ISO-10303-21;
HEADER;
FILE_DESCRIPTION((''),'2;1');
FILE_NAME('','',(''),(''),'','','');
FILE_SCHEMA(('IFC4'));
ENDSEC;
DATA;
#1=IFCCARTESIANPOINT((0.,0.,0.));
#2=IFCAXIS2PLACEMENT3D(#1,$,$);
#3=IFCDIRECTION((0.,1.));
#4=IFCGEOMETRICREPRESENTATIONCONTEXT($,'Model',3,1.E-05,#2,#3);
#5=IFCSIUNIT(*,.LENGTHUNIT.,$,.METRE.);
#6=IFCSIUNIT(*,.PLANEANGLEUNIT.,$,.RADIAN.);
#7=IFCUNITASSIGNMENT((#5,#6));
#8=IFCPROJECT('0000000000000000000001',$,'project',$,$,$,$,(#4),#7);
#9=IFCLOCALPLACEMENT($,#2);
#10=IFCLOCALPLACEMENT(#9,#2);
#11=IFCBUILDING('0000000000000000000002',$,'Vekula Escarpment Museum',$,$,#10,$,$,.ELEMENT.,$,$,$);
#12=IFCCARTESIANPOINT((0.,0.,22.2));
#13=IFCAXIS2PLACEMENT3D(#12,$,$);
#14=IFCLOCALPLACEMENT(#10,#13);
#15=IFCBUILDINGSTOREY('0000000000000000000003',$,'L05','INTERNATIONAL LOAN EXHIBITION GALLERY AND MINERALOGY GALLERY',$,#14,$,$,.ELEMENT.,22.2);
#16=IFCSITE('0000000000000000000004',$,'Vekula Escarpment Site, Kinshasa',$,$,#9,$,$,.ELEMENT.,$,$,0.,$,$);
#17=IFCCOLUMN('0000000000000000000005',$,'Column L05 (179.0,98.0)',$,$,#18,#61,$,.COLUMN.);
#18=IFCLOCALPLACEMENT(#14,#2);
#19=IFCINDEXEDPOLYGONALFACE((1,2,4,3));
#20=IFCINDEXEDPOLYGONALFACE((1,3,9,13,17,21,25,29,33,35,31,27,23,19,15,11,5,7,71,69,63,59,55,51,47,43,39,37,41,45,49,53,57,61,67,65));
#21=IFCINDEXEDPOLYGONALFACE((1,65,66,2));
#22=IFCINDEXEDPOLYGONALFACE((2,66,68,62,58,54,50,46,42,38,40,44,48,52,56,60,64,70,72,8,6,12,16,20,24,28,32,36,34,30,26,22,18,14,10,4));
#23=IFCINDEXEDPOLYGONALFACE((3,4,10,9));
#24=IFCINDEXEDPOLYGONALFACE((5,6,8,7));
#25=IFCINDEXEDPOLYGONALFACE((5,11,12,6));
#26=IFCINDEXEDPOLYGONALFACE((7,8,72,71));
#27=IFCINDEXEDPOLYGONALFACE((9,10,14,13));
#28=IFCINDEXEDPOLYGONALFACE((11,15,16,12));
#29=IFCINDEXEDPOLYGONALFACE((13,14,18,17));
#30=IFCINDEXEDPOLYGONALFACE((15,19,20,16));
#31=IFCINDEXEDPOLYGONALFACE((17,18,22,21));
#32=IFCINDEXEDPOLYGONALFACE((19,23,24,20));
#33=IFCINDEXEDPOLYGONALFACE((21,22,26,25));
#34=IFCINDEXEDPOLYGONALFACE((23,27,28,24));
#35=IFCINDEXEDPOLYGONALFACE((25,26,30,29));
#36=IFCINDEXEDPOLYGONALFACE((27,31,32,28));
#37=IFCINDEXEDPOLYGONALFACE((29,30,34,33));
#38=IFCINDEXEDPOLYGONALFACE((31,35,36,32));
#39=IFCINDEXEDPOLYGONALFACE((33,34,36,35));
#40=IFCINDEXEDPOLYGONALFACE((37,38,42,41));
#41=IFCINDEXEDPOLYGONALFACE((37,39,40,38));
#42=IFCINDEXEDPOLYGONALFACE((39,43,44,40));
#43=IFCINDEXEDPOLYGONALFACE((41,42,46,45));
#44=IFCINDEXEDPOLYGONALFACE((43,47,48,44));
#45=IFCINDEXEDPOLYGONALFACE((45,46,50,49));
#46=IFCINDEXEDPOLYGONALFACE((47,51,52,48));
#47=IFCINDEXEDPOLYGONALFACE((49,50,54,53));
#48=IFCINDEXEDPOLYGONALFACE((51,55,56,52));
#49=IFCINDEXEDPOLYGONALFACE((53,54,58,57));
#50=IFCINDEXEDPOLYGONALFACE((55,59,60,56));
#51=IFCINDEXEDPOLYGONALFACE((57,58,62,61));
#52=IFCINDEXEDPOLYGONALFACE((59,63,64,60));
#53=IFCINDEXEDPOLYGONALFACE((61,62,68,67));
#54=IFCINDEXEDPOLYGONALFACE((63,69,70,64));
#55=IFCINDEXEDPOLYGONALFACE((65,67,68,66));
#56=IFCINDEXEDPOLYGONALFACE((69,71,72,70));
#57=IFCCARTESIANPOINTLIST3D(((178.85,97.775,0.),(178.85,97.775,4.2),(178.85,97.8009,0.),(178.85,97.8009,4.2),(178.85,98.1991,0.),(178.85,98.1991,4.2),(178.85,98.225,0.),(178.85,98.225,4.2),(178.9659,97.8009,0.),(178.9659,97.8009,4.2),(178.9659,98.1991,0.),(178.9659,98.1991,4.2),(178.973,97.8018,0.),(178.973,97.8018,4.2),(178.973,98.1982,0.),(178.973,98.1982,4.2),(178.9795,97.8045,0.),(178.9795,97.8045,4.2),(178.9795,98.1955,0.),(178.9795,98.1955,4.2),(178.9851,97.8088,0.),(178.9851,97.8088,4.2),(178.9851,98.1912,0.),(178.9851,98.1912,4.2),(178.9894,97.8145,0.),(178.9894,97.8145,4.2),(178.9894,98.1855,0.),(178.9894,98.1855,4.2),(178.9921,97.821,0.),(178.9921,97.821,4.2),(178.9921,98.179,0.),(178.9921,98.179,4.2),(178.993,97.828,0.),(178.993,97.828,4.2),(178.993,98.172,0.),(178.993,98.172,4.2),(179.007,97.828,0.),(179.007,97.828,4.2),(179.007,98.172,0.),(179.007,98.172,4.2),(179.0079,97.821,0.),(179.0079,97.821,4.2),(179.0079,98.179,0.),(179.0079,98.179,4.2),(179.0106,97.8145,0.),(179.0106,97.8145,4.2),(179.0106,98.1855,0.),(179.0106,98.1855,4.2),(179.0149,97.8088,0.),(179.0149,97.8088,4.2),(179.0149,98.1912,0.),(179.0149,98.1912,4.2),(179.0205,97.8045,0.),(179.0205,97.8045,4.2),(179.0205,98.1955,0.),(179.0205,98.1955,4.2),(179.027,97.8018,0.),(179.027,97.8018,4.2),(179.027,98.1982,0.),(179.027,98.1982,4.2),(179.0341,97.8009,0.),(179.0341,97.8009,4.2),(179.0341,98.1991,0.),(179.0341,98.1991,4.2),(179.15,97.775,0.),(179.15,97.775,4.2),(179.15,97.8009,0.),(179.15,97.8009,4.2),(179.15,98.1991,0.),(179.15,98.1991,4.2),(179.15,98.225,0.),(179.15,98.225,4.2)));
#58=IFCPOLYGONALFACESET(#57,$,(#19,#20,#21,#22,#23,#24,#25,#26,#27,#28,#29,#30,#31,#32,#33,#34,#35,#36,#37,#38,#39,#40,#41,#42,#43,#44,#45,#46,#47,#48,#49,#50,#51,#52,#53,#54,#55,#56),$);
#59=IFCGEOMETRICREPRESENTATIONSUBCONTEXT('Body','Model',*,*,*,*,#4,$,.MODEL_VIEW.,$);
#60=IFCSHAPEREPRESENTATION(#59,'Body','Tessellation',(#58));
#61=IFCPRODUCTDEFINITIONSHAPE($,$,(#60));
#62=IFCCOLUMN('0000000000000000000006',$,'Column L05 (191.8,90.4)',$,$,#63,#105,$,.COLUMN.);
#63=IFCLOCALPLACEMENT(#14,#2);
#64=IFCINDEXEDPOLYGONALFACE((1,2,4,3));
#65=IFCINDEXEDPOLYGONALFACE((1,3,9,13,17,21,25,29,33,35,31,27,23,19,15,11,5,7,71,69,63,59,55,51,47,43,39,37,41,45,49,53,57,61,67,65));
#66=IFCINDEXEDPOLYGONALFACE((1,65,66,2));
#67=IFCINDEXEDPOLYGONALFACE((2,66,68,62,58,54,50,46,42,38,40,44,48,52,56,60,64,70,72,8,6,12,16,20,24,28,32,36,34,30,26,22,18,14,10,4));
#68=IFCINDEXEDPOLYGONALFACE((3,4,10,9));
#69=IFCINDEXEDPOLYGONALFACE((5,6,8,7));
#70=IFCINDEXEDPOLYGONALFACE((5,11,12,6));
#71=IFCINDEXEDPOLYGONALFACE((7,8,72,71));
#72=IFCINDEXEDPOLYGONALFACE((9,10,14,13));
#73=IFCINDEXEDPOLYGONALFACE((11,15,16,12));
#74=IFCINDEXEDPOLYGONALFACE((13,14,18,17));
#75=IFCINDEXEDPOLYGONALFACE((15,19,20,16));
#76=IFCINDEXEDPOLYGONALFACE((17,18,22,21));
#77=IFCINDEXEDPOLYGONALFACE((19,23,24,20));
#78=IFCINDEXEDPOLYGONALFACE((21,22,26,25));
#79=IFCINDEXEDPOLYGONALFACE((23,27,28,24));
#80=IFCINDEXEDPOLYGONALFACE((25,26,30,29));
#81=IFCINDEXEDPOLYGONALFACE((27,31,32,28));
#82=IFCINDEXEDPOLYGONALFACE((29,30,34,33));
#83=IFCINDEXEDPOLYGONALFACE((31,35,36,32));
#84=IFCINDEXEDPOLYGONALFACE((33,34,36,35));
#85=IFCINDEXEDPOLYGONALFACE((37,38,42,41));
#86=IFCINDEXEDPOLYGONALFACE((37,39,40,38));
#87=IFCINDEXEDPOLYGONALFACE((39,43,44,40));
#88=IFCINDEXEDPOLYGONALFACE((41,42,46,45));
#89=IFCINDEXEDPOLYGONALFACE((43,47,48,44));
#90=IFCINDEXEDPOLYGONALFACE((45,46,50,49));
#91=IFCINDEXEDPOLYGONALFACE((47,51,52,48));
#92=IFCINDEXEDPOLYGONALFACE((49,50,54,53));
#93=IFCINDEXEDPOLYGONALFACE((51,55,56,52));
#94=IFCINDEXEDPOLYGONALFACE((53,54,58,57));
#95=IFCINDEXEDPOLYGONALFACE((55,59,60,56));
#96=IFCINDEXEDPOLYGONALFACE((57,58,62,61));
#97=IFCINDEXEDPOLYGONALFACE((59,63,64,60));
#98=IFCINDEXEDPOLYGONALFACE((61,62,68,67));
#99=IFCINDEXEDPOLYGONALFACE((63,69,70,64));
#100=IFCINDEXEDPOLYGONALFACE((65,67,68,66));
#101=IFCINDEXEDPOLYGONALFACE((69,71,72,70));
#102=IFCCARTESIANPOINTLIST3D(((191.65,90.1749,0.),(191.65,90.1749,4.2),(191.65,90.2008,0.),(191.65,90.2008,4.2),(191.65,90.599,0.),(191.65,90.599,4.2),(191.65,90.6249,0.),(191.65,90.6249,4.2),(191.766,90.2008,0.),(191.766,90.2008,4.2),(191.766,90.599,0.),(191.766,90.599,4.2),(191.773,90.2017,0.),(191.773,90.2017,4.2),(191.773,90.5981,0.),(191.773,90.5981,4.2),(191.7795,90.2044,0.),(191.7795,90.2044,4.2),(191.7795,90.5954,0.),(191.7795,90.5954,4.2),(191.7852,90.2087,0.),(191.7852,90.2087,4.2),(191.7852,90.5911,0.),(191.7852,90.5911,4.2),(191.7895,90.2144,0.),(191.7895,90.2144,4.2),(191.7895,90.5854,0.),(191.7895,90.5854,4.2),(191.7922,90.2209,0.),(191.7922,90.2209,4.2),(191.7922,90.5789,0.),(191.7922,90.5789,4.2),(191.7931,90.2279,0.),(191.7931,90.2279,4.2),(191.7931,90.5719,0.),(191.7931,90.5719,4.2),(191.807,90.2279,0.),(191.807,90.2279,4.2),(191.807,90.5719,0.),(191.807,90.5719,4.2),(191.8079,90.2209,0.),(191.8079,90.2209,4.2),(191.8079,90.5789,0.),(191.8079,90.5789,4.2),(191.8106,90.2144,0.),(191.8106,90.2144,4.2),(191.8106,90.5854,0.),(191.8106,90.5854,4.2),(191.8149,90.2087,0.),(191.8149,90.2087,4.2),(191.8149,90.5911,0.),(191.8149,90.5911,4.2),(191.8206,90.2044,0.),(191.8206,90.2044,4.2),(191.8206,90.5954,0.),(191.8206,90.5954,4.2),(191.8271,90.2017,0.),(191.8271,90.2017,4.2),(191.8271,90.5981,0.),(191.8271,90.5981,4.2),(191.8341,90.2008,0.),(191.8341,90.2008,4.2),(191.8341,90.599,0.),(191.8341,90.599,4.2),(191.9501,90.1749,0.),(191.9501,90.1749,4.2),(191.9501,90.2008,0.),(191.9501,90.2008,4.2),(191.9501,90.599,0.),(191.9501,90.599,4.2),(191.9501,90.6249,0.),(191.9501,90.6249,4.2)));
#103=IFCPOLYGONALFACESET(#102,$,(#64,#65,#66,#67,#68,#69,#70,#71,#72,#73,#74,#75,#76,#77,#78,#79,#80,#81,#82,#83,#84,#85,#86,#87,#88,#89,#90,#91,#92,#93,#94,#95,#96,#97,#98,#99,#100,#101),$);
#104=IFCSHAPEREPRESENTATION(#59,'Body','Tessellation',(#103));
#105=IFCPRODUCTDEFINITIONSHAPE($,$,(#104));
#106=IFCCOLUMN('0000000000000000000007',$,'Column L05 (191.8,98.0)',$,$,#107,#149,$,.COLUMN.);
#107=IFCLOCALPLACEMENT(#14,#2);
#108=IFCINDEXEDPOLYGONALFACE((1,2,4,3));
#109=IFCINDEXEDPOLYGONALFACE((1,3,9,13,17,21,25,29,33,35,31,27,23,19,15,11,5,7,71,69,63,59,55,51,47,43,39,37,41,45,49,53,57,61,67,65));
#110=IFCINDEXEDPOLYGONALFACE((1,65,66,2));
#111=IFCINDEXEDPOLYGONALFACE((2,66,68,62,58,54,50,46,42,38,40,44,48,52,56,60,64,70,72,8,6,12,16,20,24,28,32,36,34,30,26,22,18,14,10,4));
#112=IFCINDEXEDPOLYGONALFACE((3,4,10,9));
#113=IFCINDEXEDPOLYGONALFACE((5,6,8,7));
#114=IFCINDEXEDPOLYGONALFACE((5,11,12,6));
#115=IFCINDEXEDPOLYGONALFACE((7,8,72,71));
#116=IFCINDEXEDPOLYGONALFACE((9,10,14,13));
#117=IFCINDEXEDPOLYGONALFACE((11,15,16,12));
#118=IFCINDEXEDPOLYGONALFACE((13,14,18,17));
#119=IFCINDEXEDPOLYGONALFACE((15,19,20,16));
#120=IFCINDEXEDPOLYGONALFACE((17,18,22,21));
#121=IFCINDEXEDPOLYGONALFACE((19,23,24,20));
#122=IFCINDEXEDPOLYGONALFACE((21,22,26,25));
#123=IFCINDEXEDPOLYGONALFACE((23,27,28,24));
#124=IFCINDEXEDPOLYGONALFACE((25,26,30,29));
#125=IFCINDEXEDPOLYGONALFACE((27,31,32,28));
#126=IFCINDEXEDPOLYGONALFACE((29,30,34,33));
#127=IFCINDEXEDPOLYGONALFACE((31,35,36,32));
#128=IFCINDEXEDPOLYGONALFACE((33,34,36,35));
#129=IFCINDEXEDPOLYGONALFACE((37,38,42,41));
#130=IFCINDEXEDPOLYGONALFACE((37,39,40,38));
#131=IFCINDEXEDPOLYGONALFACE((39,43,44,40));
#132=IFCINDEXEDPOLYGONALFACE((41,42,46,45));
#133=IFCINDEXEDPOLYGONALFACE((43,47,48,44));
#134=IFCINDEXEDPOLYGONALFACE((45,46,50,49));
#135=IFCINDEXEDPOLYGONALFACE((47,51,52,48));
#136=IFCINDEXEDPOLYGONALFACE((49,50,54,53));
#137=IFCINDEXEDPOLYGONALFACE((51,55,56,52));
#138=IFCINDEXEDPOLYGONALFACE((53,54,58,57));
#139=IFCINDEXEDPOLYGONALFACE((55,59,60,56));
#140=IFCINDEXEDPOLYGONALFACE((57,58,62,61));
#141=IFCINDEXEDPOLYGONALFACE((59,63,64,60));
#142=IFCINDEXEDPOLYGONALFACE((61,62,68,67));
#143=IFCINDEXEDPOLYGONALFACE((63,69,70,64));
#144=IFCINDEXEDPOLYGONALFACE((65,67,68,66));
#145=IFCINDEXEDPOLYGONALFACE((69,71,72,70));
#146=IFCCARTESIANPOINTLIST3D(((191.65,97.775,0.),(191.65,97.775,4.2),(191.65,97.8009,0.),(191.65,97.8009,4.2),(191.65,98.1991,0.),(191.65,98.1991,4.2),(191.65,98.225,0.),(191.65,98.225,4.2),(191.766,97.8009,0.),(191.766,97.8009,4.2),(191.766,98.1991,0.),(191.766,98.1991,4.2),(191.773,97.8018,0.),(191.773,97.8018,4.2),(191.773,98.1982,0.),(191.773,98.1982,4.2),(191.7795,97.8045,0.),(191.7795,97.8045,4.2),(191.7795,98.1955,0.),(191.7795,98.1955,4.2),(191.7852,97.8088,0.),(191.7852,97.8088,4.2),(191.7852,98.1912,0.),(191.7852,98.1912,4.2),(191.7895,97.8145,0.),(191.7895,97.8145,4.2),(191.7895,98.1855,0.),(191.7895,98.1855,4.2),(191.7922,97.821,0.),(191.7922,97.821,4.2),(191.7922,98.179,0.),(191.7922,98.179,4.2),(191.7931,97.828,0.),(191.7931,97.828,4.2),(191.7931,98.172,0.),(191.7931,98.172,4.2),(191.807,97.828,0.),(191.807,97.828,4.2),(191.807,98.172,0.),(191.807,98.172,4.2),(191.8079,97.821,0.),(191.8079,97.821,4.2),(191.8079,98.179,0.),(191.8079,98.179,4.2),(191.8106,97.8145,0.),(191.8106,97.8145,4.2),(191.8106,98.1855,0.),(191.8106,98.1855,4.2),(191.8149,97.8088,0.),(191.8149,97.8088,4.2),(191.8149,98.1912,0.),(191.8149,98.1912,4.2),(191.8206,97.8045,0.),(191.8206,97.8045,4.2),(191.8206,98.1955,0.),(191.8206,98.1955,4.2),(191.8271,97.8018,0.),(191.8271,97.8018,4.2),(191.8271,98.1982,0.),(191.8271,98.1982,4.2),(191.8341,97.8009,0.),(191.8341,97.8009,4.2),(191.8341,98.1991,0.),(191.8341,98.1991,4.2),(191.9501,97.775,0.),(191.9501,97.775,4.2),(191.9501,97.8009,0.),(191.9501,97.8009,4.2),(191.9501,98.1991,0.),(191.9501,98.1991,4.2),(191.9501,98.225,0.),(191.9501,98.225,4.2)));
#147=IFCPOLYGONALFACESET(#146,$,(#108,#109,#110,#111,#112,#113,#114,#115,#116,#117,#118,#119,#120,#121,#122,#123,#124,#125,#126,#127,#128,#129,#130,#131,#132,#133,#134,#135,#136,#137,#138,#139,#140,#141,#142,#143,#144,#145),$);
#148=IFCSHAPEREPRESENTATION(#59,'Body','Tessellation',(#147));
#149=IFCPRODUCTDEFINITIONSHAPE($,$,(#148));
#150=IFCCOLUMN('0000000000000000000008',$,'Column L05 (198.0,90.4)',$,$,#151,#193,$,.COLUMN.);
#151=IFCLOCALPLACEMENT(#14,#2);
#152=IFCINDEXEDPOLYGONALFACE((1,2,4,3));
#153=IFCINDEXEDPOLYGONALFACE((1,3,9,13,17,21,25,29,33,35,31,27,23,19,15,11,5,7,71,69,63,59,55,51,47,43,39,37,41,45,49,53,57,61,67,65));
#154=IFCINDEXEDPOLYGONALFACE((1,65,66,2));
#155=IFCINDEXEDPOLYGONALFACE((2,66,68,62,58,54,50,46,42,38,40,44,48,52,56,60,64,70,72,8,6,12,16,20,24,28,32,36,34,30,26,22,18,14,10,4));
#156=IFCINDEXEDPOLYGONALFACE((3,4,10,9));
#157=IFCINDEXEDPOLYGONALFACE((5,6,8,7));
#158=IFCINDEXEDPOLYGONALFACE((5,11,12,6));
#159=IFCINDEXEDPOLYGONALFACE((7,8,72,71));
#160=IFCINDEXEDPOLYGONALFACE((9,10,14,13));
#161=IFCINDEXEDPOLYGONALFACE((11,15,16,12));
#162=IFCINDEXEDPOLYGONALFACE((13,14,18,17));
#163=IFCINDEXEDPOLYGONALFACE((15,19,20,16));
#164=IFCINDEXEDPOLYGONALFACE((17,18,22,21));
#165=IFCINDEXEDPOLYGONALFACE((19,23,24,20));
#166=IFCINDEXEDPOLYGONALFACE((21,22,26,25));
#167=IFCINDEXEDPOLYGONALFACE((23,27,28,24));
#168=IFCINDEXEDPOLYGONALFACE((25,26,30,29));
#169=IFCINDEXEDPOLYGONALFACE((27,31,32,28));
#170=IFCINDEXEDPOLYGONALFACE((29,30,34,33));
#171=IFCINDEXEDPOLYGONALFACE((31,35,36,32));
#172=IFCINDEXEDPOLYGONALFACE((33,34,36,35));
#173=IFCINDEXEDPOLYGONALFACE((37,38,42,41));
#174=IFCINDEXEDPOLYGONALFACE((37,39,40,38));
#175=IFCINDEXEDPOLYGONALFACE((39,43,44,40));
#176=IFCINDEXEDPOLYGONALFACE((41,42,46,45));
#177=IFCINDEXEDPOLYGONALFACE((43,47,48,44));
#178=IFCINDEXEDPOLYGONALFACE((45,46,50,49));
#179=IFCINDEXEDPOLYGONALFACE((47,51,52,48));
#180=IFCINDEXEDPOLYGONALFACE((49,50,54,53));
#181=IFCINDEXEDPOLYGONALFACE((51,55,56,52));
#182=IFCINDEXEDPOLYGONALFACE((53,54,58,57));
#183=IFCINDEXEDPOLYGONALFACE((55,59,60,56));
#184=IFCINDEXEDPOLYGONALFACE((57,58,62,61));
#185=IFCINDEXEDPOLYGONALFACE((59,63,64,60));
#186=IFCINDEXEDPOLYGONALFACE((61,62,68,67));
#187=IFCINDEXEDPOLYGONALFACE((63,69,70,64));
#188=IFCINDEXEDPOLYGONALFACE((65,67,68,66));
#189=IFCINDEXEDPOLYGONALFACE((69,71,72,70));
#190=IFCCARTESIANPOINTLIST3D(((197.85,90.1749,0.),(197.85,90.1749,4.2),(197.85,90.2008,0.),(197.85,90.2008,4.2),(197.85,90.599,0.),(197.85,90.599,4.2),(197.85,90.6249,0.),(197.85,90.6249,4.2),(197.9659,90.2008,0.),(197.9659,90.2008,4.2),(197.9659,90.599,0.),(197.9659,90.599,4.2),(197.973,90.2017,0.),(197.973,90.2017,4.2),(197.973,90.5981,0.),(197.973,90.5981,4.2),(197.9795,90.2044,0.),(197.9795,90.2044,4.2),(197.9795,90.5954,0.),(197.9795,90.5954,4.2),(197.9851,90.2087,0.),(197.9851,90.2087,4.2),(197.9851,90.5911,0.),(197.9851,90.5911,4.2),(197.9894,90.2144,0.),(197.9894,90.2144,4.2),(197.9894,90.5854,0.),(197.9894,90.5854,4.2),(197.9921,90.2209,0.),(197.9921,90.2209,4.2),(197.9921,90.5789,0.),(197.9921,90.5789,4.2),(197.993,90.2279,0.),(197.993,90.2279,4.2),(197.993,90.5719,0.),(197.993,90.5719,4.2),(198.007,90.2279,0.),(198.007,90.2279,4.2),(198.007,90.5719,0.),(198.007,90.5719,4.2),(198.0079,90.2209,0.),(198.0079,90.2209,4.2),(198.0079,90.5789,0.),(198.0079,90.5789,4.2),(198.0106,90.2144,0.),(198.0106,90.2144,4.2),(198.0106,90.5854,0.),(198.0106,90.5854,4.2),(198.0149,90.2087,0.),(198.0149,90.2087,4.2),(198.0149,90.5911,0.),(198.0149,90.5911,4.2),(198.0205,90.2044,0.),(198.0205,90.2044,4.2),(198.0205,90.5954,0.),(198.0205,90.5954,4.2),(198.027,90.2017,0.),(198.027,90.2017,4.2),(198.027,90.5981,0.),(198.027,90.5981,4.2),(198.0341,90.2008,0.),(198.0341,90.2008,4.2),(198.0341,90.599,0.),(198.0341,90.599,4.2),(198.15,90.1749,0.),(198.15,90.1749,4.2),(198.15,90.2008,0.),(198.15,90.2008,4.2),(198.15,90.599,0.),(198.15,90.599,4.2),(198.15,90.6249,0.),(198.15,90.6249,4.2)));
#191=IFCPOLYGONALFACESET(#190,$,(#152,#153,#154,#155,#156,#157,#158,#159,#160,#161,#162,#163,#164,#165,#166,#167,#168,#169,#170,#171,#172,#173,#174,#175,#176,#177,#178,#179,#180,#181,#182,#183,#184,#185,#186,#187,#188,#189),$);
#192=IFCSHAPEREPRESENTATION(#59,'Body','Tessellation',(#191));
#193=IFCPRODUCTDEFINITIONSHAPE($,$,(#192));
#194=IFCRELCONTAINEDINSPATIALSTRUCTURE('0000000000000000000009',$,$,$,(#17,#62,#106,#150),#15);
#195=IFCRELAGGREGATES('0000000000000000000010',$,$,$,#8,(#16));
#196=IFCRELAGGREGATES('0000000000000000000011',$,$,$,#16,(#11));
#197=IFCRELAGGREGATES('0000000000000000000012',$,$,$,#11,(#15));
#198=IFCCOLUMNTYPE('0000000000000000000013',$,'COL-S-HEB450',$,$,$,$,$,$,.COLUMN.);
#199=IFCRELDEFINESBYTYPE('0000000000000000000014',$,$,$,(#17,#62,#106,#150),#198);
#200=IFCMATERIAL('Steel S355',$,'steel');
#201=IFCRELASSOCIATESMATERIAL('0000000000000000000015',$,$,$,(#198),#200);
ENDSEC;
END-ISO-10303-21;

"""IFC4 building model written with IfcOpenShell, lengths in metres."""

from ifc_helpers import new_model, si_unit, direction, frame, origin, origin_2d, place, context, subcontext, project, spatial, i_section, extrude, material, material_profile, profile_set, type_object, element, save


model = new_model("IFC4")

# Units and contexts
model_context = context("Model", 3, precision=1e-05, world=origin(), true_north=direction((0.0, 1.0)))
body_context = subcontext(model_context, "Body", "Model", "MODEL_VIEW")
ifc_project = project(units=[si_unit("LENGTHUNIT", "METRE"), si_unit("PLANEANGLEUNIT", "RADIAN")], contexts=[model_context])

# Site, building, storey
site_placement = place(None, origin())
site = spatial("IfcSite", under=ifc_project, at=site_placement, Name="Vekula Escarpment Site, Kinshasa", CompositionType="ELEMENT", RefElevation=0.0)
building_placement = place(site_placement, origin())
building = spatial("IfcBuilding", under=site, at=building_placement, Name="Vekula Escarpment Museum", CompositionType="ELEMENT")
storey_placement = place(building_placement, frame((0.0, 0.0, 22.2)))
storey = spatial("IfcBuildingStorey", under=building, at=storey_placement, Name="L05", Description="INTERNATIONAL LOAN EXHIBITION GALLERY AND MINERALOGY GALLERY", CompositionType="ELEMENT", Elevation=22.2)

# Columns
ifc_material_1 = material(Name="Steel S355", Category="steel")
ifc_material_profile_1 = material_profile(ifc_material_1, i_section(OverallWidth=0.3, OverallDepth=0.45, WebThickness=0.0139, FlangeThickness=0.0259, FilletRadius=0.0271, at=origin_2d()), Name="HEB 450")
ifc_profile_set_1 = profile_set([ifc_material_profile_1], Name="Steel S355")
column_type = type_object("IfcColumnType", Name="COL-S-HEB450", PredefinedType="COLUMN", material=ifc_profile_set_1)
for number, where, z_axis, x_axis, name in (
    (1, (179.0, 98.0, 0.0), (0.0, 0.0, 1.0), (1.0, 0.0, 0.0), "Column L05 (179.0,98.0)"),
    (2, (191.8, 90.3999, 0.0), (0.0, 0.0, 1.0), (1.0, 0.0, 0.0), "Column L05 (191.8,90.4)"),
    (3, (191.8, 98.0, 0.0), (0.0, 0.0, 1.0), (1.0, 0.0, 0.0), "Column L05 (191.8,98.0)"),
    (4, (198.0, 90.3999, 0.0), (0.0, 0.0, 1.0), (1.0, 0.0, 0.0), "Column L05 (198.0,90.4)"),
):
    element("IfcColumn", number, at=place(storey_placement, frame(where, z_axis=z_axis, x_axis=x_axis)), inside=storey, type_object=column_type, Name=name, PredefinedType="COLUMN", context=body_context, shape_type="SweptSolid", body=[
        extrude(i_section(OverallWidth=0.3, OverallDepth=0.45, WebThickness=0.0139, FlangeThickness=0.0259, FilletRadius=0.0271, at=origin_2d()), origin(), (0.0, 0.0, 1.0), 4.2),
    ])

save(model, "model.ifc")
